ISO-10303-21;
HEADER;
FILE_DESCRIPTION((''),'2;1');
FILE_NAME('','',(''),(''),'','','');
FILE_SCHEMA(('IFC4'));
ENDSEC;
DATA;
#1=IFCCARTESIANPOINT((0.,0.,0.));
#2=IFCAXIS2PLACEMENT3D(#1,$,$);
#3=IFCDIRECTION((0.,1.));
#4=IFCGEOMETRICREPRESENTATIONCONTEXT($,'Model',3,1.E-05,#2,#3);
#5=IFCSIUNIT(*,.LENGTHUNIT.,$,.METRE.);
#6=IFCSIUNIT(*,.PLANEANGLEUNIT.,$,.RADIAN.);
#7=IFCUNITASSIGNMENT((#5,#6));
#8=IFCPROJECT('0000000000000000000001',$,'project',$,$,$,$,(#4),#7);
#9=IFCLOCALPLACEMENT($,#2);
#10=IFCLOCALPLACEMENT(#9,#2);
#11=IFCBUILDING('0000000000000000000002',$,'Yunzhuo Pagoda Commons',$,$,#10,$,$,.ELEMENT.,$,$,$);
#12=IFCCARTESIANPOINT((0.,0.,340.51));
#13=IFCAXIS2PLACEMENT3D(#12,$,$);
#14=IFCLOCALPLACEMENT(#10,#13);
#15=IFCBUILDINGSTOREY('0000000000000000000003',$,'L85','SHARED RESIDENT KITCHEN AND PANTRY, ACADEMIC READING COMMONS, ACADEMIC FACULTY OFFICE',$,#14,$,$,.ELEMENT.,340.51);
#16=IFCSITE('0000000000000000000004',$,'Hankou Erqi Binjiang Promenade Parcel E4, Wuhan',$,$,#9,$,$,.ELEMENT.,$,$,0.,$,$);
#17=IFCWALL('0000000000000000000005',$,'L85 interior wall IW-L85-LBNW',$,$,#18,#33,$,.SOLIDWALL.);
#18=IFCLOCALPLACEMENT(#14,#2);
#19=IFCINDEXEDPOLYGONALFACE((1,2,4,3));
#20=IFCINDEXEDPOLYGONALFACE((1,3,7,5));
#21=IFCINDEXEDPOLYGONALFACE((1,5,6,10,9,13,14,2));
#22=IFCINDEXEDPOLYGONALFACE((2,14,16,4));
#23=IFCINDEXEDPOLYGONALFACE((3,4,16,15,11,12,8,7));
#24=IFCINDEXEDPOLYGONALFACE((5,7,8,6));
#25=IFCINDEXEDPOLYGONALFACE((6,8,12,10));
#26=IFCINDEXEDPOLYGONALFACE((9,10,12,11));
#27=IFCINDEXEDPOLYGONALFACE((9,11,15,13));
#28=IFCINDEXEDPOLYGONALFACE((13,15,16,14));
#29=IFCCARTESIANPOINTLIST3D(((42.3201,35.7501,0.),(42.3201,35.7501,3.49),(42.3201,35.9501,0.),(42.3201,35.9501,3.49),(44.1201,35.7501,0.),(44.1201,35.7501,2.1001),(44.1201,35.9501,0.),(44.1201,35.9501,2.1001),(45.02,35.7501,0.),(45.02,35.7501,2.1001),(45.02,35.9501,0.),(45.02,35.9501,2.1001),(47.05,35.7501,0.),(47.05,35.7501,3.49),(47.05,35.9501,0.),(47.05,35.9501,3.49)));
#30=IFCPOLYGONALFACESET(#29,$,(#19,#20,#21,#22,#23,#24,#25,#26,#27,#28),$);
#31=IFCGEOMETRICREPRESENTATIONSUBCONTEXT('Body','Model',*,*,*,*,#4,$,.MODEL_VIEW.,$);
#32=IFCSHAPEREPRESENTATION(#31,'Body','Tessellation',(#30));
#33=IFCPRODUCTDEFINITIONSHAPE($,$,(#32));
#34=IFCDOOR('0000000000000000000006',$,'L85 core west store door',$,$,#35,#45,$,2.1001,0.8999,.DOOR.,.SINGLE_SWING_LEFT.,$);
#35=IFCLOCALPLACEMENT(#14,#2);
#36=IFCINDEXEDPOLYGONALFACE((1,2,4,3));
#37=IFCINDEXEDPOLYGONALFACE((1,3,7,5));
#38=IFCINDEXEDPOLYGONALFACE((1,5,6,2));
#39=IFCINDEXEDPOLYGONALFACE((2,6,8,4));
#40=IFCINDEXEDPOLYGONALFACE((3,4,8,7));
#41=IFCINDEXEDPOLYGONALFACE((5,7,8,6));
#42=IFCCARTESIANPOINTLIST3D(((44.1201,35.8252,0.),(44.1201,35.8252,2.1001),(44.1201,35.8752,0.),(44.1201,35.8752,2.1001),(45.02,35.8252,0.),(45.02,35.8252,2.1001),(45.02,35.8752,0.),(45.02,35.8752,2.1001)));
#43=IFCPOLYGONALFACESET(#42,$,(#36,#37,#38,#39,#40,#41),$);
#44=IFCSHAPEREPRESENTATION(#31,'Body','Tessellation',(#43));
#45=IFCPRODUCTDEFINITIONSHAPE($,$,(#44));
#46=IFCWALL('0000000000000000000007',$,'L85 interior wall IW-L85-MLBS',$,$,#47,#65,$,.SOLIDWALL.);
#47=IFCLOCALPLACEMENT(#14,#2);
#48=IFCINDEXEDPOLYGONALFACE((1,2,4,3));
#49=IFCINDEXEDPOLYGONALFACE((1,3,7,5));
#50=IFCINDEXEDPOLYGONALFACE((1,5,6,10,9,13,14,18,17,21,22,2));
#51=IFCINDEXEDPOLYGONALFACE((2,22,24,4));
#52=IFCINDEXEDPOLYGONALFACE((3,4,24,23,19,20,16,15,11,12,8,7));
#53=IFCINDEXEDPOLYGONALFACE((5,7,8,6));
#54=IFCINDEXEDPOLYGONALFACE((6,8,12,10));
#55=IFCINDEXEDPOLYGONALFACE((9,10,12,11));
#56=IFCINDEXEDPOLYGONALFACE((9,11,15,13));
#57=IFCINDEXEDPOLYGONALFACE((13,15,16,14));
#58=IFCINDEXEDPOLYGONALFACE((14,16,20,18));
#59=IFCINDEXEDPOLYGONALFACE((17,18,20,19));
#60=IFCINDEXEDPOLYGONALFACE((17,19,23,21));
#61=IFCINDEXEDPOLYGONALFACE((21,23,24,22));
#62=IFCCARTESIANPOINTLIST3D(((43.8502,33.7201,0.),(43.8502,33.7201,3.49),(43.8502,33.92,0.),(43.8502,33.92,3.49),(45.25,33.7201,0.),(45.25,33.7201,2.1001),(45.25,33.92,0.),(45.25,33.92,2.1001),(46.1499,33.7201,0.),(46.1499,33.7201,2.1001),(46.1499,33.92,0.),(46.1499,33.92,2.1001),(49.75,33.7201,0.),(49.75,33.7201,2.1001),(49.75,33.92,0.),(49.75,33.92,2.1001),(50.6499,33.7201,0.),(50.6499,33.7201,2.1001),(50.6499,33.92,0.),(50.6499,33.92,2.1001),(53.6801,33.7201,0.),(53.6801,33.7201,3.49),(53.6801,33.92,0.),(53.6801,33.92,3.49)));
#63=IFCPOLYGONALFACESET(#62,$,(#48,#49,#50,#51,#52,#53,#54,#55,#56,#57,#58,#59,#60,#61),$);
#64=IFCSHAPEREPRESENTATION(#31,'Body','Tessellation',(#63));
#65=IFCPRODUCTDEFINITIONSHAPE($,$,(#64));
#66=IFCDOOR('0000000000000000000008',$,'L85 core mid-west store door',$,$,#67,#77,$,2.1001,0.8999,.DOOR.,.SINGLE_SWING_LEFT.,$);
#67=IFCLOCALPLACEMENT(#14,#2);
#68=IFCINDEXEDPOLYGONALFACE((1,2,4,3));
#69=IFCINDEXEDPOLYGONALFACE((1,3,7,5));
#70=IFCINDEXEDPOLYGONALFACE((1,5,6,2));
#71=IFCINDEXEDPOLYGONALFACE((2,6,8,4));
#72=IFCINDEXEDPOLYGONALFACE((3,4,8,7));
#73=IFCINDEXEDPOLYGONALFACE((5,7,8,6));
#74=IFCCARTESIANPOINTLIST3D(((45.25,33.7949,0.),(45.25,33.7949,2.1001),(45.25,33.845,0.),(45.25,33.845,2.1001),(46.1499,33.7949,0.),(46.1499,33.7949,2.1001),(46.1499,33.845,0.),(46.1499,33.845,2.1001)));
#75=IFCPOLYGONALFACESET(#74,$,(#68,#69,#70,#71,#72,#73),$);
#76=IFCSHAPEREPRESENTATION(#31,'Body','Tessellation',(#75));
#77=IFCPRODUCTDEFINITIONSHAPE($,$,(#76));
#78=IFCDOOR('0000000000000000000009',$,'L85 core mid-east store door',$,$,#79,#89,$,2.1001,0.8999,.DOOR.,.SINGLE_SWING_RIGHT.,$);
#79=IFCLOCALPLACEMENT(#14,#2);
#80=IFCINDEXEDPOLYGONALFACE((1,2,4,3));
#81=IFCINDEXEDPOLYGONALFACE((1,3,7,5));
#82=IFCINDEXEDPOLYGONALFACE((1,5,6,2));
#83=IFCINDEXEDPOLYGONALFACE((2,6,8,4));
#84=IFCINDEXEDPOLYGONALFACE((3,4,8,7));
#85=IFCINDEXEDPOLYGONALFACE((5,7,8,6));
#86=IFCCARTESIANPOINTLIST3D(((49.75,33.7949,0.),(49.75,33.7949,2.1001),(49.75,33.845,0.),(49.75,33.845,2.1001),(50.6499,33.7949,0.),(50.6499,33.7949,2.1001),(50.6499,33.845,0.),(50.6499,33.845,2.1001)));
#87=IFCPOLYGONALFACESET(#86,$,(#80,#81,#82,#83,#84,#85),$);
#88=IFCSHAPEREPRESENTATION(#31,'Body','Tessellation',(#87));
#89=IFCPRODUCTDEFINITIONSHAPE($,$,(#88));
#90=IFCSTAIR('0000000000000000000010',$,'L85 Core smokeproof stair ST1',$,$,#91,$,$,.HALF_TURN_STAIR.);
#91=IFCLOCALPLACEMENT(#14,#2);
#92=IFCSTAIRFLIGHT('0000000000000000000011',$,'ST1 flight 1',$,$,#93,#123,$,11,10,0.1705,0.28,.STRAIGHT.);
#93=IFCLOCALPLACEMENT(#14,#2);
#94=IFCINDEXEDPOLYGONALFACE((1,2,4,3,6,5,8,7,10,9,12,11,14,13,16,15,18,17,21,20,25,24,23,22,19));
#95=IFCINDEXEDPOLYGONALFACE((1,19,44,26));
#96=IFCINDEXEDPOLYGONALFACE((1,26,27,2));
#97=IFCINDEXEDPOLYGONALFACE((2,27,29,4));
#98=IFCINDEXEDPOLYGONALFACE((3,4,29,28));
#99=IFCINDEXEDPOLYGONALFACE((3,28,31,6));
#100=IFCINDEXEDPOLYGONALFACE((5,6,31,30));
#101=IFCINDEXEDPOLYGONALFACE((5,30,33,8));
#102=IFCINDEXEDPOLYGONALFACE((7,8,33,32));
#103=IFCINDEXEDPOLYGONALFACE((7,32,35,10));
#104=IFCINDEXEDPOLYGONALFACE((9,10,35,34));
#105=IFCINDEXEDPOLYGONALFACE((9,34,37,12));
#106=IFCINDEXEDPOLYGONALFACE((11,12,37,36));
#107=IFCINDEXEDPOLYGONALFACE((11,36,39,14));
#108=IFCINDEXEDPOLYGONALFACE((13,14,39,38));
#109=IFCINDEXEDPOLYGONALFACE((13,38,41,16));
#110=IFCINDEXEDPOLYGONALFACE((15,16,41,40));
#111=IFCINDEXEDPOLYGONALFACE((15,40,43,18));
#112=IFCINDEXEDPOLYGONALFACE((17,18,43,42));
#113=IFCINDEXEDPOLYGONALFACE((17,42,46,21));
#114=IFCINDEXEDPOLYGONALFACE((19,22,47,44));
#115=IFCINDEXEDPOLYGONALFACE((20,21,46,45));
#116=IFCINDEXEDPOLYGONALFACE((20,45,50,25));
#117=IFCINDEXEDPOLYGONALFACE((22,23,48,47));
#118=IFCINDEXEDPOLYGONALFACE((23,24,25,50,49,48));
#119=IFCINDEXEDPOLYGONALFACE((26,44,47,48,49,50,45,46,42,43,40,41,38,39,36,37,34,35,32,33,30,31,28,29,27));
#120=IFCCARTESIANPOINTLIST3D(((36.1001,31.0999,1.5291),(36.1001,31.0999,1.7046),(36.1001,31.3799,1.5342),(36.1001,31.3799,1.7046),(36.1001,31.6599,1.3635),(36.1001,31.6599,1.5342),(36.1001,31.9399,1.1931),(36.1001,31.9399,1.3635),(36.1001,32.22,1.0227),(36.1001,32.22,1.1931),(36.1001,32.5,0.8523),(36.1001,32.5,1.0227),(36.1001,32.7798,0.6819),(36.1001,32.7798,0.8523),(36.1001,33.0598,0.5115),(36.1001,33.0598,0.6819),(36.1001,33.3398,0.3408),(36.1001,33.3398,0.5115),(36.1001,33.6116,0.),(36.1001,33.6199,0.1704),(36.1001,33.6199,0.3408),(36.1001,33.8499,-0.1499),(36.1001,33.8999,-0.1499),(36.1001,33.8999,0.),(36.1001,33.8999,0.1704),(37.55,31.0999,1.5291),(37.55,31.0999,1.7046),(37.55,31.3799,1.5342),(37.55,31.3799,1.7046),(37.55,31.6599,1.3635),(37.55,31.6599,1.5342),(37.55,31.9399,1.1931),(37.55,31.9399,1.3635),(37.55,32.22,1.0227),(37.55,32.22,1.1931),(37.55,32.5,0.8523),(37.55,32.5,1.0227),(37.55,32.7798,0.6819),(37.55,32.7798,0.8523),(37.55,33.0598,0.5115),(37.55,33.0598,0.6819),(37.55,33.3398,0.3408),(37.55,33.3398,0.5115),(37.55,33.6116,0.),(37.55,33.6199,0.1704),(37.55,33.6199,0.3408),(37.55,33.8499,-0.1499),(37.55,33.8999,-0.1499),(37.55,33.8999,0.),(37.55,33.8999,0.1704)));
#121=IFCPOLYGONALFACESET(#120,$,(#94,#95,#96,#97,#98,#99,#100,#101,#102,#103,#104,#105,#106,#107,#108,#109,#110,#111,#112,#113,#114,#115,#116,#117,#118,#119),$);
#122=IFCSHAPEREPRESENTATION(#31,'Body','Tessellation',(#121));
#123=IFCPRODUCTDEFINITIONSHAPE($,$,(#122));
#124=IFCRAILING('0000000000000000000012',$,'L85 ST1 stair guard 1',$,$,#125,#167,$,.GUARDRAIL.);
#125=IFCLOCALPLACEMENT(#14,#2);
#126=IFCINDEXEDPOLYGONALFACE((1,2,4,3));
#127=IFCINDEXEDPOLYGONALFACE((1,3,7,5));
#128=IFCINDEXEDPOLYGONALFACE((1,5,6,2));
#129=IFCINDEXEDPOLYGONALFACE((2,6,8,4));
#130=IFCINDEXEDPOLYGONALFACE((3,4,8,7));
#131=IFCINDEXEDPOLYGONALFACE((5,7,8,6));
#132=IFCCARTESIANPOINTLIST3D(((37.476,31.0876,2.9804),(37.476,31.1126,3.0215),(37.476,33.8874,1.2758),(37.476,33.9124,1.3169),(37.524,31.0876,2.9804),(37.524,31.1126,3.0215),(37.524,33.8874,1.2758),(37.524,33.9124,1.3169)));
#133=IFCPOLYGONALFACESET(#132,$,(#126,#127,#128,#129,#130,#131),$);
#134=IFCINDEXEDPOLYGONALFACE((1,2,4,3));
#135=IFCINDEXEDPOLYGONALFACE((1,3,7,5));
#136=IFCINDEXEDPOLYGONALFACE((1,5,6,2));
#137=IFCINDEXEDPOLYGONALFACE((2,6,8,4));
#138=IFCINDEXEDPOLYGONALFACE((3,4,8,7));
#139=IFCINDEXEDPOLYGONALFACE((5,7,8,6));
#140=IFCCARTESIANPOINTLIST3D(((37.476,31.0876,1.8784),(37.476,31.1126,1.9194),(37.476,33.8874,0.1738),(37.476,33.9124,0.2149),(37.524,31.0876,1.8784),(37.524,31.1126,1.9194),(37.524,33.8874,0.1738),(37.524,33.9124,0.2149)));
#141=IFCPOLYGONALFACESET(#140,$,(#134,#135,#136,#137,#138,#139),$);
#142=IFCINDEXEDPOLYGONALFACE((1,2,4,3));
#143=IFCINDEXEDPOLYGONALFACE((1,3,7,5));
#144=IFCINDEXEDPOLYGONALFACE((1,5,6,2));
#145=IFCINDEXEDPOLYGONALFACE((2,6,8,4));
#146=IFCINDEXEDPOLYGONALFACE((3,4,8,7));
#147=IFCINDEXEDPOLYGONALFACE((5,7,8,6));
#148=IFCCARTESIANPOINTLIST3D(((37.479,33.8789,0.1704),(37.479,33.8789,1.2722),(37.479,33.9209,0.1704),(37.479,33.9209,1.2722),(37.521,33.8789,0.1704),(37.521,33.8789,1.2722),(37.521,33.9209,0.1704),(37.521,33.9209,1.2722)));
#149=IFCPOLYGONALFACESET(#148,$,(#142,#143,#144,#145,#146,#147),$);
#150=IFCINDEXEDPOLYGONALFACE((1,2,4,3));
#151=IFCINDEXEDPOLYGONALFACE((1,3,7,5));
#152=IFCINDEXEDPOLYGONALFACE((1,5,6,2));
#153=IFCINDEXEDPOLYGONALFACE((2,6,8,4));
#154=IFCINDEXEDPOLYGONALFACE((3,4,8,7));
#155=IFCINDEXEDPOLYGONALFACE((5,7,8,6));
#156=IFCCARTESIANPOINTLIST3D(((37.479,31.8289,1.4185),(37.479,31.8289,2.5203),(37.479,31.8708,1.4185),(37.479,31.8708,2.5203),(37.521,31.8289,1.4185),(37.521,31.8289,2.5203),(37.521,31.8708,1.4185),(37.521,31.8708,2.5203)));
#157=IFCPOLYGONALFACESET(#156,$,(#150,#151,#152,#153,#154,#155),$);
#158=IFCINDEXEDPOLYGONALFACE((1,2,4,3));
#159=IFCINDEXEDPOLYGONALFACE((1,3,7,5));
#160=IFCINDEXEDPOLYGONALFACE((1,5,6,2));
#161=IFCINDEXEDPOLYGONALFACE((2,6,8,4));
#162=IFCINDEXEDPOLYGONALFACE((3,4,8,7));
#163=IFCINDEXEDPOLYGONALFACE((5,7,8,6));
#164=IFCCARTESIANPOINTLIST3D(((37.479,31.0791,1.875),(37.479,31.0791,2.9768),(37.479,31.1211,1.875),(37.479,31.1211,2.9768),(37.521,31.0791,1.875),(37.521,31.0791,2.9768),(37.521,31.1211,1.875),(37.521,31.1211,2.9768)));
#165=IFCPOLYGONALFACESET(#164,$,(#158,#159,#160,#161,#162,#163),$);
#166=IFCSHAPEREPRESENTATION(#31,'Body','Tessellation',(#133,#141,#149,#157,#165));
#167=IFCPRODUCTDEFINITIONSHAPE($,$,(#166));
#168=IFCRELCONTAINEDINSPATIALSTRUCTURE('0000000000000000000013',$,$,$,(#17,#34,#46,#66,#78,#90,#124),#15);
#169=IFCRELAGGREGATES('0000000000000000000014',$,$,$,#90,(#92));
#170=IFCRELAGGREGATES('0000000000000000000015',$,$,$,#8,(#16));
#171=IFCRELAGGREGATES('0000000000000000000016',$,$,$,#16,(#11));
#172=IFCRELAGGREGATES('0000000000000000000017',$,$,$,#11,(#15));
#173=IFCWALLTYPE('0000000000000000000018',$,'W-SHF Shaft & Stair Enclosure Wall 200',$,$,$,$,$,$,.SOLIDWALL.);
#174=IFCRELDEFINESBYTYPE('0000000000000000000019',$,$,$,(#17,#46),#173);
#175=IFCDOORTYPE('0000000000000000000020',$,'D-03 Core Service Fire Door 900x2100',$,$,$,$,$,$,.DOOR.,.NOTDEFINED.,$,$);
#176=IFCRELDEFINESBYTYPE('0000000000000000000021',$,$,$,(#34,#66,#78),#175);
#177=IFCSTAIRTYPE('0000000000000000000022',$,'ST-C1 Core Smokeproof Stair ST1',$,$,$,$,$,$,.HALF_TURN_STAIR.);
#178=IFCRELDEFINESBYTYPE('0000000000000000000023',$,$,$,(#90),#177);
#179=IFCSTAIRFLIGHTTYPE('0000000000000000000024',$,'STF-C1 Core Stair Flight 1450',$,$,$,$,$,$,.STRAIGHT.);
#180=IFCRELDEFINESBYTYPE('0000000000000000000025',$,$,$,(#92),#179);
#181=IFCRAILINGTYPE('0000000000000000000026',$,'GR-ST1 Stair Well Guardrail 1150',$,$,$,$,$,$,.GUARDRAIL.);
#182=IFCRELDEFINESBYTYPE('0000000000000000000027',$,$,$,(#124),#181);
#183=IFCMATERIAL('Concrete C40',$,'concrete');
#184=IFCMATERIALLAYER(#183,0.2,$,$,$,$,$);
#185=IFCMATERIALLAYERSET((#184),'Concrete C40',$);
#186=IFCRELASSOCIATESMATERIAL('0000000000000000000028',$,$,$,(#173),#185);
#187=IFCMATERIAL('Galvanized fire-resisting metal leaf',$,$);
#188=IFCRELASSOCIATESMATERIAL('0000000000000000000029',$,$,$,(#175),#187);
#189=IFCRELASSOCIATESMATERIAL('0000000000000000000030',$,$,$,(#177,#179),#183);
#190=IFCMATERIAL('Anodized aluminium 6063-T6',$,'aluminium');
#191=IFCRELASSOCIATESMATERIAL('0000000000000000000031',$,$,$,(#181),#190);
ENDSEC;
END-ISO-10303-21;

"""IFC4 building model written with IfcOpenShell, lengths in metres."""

from ifc_helpers import new_model, si_unit, direction, frame, frame_2d, origin, origin_with_axes, origin_2d, place, context, subcontext, project, spatial, polyline, rectangle, outline, extrude, source, transform, mapped, material, layer, layer_set, type_object, element, fill, aggregate, save


model = new_model("IFC4")

# Units and contexts
model_context = context("Model", 3, precision=1e-05, world=origin(), true_north=direction((0.0, 1.0)))
body_context = subcontext(model_context, "Body", "Model", "MODEL_VIEW")
ifc_project = project(units=[si_unit("LENGTHUNIT", "METRE"), si_unit("PLANEANGLEUNIT", "RADIAN")], contexts=[model_context])

# Site, building, storey
site_placement = place(None, origin())
site = spatial("IfcSite", under=ifc_project, at=site_placement, Name="Hankou Erqi Binjiang Promenade Parcel E4, Wuhan", CompositionType="ELEMENT", RefElevation=0.0)
building_placement = place(site_placement, origin())
building = spatial("IfcBuilding", under=site, at=building_placement, Name="Yunzhuo Pagoda Commons", CompositionType="ELEMENT")
storey_placement = place(building_placement, frame((0.0, 0.0, 340.51)))
storey = spatial("IfcBuildingStorey", under=building, at=storey_placement, Name="L85", Description="SHARED RESIDENT KITCHEN AND PANTRY, ACADEMIC READING COMMONS, ACADEMIC FACULTY OFFICE", CompositionType="ELEMENT", Elevation=340.51)

# Shared definitions
ifc_material_1 = material(Name="Galvanized fire-resisting metal leaf")

# Shared definitions
ifc_material_2 = material(Name="Concrete C40", Category="concrete")
ifc_layer_1 = layer(ifc_material_2, 0.2)
ifc_layer_set_1 = layer_set([ifc_layer_1], Name="Concrete C40")
wall_type_1 = type_object("IfcWallType", Name="W-SHF Shaft & Stair Enclosure Wall 200", PredefinedType="SOLIDWALL", material=ifc_layer_set_1)

# Wall, opening, door
wall_1_placement = place(storey_placement, frame((42.3201, 35.8501, 0.0), z_axis=(0.0, 0.0, 1.0), x_axis=(1.0, 0.0, 0.0)))
wall_1 = element("IfcWall", 1, at=wall_1_placement, inside=storey, type_object=wall_type_1, Name="L85 interior wall IW-L85-LBNW", PredefinedType="SOLIDWALL", context=body_context, shape_type="SweptSolid", body=[
    extrude(rectangle(XDim=4.73, YDim=0.2, at=frame_2d((2.365, 0.0))), origin(), (0.0, 0.0, 1.0), 3.49),
])
opening_1_placement = place(wall_1_placement, frame((1.8, 0.0, 0.0)))
opening_1 = element("IfcOpeningElement", 2, at=opening_1_placement, cuts=wall_1, PredefinedType="OPENING", context=body_context, shape_type="SweptSolid", body=[
    extrude(rectangle(XDim=0.8999, YDim=2.1001, at=frame_2d((0.45, 1.05))), frame((0.0, 0.1099, 0.0), z_axis=(0.0, -1.0, 0.0), x_axis=(1.0, 0.0, 0.0)), (0.0, 0.0, 1.0), 0.22),
])
door_type_1 = type_object("IfcDoorType", Name="D-03 Core Service Fire Door 900x2100", OperationType="NOTDEFINED", PredefinedType="DOOR", material=ifc_material_1)
shared_shape_1 = source(origin(), body_context, "Body", "SweptSolid", [
    extrude(rectangle(XDim=0.8999, YDim=2.1001, at=frame_2d((0.45, 1.05))), frame((0.0, 0.0249, 0.0), z_axis=(0.0, -1.0, 0.0), x_axis=(1.0, 0.0, 0.0)), (0.0, 0.0, 1.0), 0.05),
])
door_1_placement = place(opening_1_placement, frame((0.8999, 0.0, 0.0), z_axis=(0.0, 0.0, 1.0), x_axis=(-1.0, 0.0, 0.0)))
door_1 = element("IfcDoor", 3, at=door_1_placement, inside=storey, type_object=door_type_1, Name="L85 core west store door", OperationType="SINGLE_SWING_LEFT", OverallHeight=2.1001, OverallWidth=0.8999, PredefinedType="DOOR", context=body_context, shape_type="MappedRepresentation", body=[
    mapped(shared_shape_1, transform((0.0, 0.0, 0.0), scale=1.0)),
])
fill(opening_1, door_1)

# Wall, openings, doors
wall_2_placement = place(storey_placement, frame((43.8501, 33.8201, 0.0), z_axis=(0.0, 0.0, 1.0), x_axis=(1.0, 0.0, 0.0)))
wall_2 = element("IfcWall", 4, at=wall_2_placement, inside=storey, type_object=wall_type_1, Name="L85 interior wall IW-L85-MLBS", PredefinedType="SOLIDWALL", context=body_context, shape_type="SweptSolid", body=[
    extrude(rectangle(XDim=9.8298, YDim=0.2, at=frame_2d((4.915, 0.0))), origin(), (0.0, 0.0, 1.0), 3.49),
])
opening_2_placement = place(wall_2_placement, frame((1.3999, 0.0, 0.0)))
opening_2 = element("IfcOpeningElement", 5, at=opening_2_placement, cuts=wall_2, PredefinedType="OPENING", context=body_context, shape_type="SweptSolid", body=[
    extrude(rectangle(XDim=0.8999, YDim=2.1001, at=frame_2d((0.45, 1.05))), frame((0.0, 0.1099, 0.0), z_axis=(0.0, -1.0, 0.0), x_axis=(1.0, 0.0, 0.0)), (0.0, 0.0, 1.0), 0.22),
])
opening_3_placement = place(wall_2_placement, frame((5.8999, 0.0, 0.0)))
opening_3 = element("IfcOpeningElement", 6, at=opening_3_placement, cuts=wall_2, PredefinedType="OPENING", context=body_context, shape_type="SweptSolid", body=[
    extrude(rectangle(XDim=0.8999, YDim=2.1001, at=frame_2d((0.45, 1.05))), frame((0.0, 0.1099, 0.0), z_axis=(0.0, -1.0, 0.0), x_axis=(1.0, 0.0, 0.0)), (0.0, 0.0, 1.0), 0.22),
])
door_2_placement = place(opening_2_placement, origin_with_axes())
door_2 = element("IfcDoor", 7, at=door_2_placement, inside=storey, type_object=door_type_1, Name="L85 core mid-west store door", OperationType="SINGLE_SWING_LEFT", OverallHeight=2.1001, OverallWidth=0.8999, PredefinedType="DOOR", context=body_context, shape_type="MappedRepresentation", body=[
    mapped(shared_shape_1, transform((0.0, 0.0, 0.0), scale=1.0)),
])
fill(opening_2, door_2)
door_3_placement = place(opening_3_placement, origin_with_axes())
door_3 = element("IfcDoor", 8, at=door_3_placement, inside=storey, type_object=door_type_1, Name="L85 core mid-east store door", OperationType="SINGLE_SWING_RIGHT", OverallHeight=2.1001, OverallWidth=0.8999, PredefinedType="DOOR", context=body_context, shape_type="MappedRepresentation", body=[
    mapped(shared_shape_1, transform((0.0, 0.0, 0.0), scale=1.0)),
])
fill(opening_3, door_3)

# Stair, stair flight
stair_type = type_object("IfcStairType", Name="ST-C1 Core Smokeproof Stair ST1", PredefinedType="HALF_TURN_STAIR", material=ifc_material_2)
stair_placement = place(storey_placement, origin())
stair = element("IfcStair", 9, at=stair_placement, inside=storey, type_object=stair_type, Name="L85 Core smokeproof stair ST1", PredefinedType="HALF_TURN_STAIR")
stair_flight_type = type_object("IfcStairFlightType", Name="STF-C1 Core Stair Flight 1450", PredefinedType="STRAIGHT", material=ifc_material_2)
shared_shape_2 = source(origin(), body_context, "Body", "SweptSolid", [
    extrude(outline(polyline([(0.0, -0.1499), (0.0, 0.0), (0.0, 0.1704), (0.28, 0.1704), (0.28, 0.3408), (0.5601, 0.3408), (0.5601, 0.5115), (0.8401, 0.5115), (0.8401, 0.6819), (1.1201, 0.6819), (1.1201, 0.8523), (1.3999, 0.8523), (1.3999, 1.0227), (1.6799, 1.0227), (1.6799, 1.1931), (1.96, 1.1931), (1.96, 1.3635), (2.24, 1.3635), (2.24, 1.5342), (2.52, 1.5342), (2.52, 1.7046), (2.8, 1.7046), (2.8, 1.875), (2.8, 1.5291), (0.2883, 0.0), (0.05, -0.1499), (0.0, -0.1499)])), frame((0.0, 0.7251, 0.0), z_axis=(0.0, -1.0, 0.0), x_axis=(1.0, 0.0, 0.0)), (0.0, 0.0, 1.0), 1.45),
])
stair_flight_placement = place(storey_placement, frame((36.825, 33.8999, 0.0), z_axis=(0.0, 0.0, 1.0), x_axis=(0.0, -1.0, 0.0)))
stair_flight = element("IfcStairFlight", 10, at=stair_flight_placement, type_object=stair_flight_type, Name="ST1 flight 1", NumberOfRisers=11, NumberOfTreads=10, PredefinedType="STRAIGHT", RiserHeight=0.1705, TreadLength=0.28, context=body_context, shape_type="MappedRepresentation", body=[
    mapped(shared_shape_2, transform((0.0, 0.0, 0.0), scale=1.0)),
])
aggregate(stair, [stair_flight])

# Railing
ifc_material_3 = material(Name="Anodized aluminium 6063-T6", Category="aluminium")
railing_type_1 = type_object("IfcRailingType", Name="GR-ST1 Stair Well Guardrail 1150", PredefinedType="GUARDRAIL", material=ifc_material_3)
railing_1_placement = place(storey_placement, frame((37.5, 33.8999, 0.1704)))
element("IfcRailing", 11, at=railing_1_placement, inside=storey, type_object=railing_type_1, Name="L85 ST1 stair guard 1", PredefinedType="GUARDRAIL", context=body_context, shape_type="SweptSolid", body=[
    extrude(rectangle(XDim=0.0481, YDim=0.0481, at=origin_2d()), frame((0.0, 0.0, 1.126), z_axis=(0.0, -0.85415, 0.520027), x_axis=(1.0, 0.0, 0.0)), (0.0, 0.0, 1.0), 3.2778),
    extrude(rectangle(XDim=0.0481, YDim=0.0481, at=origin_2d()), frame((0.0, 0.0, 0.0239), z_axis=(0.0, -0.85415, 0.520027), x_axis=(1.0, 0.0, 0.0)), (0.0, 0.0, 1.0), 3.2778),
    extrude(rectangle(XDim=0.042, YDim=0.042, at=origin_2d()), origin(), (0.0, 0.0, 1.0), 1.1018),
    extrude(rectangle(XDim=0.042, YDim=0.042, at=origin_2d()), frame((0.0, -2.05, 1.248)), (0.0, 0.0, 1.0), 1.1018),
    extrude(rectangle(XDim=0.042, YDim=0.042, at=origin_2d()), frame((0.0, -2.7998, 1.7046)), (0.0, 0.0, 1.0), 1.1018),
])

save(model, "model.ifc")
